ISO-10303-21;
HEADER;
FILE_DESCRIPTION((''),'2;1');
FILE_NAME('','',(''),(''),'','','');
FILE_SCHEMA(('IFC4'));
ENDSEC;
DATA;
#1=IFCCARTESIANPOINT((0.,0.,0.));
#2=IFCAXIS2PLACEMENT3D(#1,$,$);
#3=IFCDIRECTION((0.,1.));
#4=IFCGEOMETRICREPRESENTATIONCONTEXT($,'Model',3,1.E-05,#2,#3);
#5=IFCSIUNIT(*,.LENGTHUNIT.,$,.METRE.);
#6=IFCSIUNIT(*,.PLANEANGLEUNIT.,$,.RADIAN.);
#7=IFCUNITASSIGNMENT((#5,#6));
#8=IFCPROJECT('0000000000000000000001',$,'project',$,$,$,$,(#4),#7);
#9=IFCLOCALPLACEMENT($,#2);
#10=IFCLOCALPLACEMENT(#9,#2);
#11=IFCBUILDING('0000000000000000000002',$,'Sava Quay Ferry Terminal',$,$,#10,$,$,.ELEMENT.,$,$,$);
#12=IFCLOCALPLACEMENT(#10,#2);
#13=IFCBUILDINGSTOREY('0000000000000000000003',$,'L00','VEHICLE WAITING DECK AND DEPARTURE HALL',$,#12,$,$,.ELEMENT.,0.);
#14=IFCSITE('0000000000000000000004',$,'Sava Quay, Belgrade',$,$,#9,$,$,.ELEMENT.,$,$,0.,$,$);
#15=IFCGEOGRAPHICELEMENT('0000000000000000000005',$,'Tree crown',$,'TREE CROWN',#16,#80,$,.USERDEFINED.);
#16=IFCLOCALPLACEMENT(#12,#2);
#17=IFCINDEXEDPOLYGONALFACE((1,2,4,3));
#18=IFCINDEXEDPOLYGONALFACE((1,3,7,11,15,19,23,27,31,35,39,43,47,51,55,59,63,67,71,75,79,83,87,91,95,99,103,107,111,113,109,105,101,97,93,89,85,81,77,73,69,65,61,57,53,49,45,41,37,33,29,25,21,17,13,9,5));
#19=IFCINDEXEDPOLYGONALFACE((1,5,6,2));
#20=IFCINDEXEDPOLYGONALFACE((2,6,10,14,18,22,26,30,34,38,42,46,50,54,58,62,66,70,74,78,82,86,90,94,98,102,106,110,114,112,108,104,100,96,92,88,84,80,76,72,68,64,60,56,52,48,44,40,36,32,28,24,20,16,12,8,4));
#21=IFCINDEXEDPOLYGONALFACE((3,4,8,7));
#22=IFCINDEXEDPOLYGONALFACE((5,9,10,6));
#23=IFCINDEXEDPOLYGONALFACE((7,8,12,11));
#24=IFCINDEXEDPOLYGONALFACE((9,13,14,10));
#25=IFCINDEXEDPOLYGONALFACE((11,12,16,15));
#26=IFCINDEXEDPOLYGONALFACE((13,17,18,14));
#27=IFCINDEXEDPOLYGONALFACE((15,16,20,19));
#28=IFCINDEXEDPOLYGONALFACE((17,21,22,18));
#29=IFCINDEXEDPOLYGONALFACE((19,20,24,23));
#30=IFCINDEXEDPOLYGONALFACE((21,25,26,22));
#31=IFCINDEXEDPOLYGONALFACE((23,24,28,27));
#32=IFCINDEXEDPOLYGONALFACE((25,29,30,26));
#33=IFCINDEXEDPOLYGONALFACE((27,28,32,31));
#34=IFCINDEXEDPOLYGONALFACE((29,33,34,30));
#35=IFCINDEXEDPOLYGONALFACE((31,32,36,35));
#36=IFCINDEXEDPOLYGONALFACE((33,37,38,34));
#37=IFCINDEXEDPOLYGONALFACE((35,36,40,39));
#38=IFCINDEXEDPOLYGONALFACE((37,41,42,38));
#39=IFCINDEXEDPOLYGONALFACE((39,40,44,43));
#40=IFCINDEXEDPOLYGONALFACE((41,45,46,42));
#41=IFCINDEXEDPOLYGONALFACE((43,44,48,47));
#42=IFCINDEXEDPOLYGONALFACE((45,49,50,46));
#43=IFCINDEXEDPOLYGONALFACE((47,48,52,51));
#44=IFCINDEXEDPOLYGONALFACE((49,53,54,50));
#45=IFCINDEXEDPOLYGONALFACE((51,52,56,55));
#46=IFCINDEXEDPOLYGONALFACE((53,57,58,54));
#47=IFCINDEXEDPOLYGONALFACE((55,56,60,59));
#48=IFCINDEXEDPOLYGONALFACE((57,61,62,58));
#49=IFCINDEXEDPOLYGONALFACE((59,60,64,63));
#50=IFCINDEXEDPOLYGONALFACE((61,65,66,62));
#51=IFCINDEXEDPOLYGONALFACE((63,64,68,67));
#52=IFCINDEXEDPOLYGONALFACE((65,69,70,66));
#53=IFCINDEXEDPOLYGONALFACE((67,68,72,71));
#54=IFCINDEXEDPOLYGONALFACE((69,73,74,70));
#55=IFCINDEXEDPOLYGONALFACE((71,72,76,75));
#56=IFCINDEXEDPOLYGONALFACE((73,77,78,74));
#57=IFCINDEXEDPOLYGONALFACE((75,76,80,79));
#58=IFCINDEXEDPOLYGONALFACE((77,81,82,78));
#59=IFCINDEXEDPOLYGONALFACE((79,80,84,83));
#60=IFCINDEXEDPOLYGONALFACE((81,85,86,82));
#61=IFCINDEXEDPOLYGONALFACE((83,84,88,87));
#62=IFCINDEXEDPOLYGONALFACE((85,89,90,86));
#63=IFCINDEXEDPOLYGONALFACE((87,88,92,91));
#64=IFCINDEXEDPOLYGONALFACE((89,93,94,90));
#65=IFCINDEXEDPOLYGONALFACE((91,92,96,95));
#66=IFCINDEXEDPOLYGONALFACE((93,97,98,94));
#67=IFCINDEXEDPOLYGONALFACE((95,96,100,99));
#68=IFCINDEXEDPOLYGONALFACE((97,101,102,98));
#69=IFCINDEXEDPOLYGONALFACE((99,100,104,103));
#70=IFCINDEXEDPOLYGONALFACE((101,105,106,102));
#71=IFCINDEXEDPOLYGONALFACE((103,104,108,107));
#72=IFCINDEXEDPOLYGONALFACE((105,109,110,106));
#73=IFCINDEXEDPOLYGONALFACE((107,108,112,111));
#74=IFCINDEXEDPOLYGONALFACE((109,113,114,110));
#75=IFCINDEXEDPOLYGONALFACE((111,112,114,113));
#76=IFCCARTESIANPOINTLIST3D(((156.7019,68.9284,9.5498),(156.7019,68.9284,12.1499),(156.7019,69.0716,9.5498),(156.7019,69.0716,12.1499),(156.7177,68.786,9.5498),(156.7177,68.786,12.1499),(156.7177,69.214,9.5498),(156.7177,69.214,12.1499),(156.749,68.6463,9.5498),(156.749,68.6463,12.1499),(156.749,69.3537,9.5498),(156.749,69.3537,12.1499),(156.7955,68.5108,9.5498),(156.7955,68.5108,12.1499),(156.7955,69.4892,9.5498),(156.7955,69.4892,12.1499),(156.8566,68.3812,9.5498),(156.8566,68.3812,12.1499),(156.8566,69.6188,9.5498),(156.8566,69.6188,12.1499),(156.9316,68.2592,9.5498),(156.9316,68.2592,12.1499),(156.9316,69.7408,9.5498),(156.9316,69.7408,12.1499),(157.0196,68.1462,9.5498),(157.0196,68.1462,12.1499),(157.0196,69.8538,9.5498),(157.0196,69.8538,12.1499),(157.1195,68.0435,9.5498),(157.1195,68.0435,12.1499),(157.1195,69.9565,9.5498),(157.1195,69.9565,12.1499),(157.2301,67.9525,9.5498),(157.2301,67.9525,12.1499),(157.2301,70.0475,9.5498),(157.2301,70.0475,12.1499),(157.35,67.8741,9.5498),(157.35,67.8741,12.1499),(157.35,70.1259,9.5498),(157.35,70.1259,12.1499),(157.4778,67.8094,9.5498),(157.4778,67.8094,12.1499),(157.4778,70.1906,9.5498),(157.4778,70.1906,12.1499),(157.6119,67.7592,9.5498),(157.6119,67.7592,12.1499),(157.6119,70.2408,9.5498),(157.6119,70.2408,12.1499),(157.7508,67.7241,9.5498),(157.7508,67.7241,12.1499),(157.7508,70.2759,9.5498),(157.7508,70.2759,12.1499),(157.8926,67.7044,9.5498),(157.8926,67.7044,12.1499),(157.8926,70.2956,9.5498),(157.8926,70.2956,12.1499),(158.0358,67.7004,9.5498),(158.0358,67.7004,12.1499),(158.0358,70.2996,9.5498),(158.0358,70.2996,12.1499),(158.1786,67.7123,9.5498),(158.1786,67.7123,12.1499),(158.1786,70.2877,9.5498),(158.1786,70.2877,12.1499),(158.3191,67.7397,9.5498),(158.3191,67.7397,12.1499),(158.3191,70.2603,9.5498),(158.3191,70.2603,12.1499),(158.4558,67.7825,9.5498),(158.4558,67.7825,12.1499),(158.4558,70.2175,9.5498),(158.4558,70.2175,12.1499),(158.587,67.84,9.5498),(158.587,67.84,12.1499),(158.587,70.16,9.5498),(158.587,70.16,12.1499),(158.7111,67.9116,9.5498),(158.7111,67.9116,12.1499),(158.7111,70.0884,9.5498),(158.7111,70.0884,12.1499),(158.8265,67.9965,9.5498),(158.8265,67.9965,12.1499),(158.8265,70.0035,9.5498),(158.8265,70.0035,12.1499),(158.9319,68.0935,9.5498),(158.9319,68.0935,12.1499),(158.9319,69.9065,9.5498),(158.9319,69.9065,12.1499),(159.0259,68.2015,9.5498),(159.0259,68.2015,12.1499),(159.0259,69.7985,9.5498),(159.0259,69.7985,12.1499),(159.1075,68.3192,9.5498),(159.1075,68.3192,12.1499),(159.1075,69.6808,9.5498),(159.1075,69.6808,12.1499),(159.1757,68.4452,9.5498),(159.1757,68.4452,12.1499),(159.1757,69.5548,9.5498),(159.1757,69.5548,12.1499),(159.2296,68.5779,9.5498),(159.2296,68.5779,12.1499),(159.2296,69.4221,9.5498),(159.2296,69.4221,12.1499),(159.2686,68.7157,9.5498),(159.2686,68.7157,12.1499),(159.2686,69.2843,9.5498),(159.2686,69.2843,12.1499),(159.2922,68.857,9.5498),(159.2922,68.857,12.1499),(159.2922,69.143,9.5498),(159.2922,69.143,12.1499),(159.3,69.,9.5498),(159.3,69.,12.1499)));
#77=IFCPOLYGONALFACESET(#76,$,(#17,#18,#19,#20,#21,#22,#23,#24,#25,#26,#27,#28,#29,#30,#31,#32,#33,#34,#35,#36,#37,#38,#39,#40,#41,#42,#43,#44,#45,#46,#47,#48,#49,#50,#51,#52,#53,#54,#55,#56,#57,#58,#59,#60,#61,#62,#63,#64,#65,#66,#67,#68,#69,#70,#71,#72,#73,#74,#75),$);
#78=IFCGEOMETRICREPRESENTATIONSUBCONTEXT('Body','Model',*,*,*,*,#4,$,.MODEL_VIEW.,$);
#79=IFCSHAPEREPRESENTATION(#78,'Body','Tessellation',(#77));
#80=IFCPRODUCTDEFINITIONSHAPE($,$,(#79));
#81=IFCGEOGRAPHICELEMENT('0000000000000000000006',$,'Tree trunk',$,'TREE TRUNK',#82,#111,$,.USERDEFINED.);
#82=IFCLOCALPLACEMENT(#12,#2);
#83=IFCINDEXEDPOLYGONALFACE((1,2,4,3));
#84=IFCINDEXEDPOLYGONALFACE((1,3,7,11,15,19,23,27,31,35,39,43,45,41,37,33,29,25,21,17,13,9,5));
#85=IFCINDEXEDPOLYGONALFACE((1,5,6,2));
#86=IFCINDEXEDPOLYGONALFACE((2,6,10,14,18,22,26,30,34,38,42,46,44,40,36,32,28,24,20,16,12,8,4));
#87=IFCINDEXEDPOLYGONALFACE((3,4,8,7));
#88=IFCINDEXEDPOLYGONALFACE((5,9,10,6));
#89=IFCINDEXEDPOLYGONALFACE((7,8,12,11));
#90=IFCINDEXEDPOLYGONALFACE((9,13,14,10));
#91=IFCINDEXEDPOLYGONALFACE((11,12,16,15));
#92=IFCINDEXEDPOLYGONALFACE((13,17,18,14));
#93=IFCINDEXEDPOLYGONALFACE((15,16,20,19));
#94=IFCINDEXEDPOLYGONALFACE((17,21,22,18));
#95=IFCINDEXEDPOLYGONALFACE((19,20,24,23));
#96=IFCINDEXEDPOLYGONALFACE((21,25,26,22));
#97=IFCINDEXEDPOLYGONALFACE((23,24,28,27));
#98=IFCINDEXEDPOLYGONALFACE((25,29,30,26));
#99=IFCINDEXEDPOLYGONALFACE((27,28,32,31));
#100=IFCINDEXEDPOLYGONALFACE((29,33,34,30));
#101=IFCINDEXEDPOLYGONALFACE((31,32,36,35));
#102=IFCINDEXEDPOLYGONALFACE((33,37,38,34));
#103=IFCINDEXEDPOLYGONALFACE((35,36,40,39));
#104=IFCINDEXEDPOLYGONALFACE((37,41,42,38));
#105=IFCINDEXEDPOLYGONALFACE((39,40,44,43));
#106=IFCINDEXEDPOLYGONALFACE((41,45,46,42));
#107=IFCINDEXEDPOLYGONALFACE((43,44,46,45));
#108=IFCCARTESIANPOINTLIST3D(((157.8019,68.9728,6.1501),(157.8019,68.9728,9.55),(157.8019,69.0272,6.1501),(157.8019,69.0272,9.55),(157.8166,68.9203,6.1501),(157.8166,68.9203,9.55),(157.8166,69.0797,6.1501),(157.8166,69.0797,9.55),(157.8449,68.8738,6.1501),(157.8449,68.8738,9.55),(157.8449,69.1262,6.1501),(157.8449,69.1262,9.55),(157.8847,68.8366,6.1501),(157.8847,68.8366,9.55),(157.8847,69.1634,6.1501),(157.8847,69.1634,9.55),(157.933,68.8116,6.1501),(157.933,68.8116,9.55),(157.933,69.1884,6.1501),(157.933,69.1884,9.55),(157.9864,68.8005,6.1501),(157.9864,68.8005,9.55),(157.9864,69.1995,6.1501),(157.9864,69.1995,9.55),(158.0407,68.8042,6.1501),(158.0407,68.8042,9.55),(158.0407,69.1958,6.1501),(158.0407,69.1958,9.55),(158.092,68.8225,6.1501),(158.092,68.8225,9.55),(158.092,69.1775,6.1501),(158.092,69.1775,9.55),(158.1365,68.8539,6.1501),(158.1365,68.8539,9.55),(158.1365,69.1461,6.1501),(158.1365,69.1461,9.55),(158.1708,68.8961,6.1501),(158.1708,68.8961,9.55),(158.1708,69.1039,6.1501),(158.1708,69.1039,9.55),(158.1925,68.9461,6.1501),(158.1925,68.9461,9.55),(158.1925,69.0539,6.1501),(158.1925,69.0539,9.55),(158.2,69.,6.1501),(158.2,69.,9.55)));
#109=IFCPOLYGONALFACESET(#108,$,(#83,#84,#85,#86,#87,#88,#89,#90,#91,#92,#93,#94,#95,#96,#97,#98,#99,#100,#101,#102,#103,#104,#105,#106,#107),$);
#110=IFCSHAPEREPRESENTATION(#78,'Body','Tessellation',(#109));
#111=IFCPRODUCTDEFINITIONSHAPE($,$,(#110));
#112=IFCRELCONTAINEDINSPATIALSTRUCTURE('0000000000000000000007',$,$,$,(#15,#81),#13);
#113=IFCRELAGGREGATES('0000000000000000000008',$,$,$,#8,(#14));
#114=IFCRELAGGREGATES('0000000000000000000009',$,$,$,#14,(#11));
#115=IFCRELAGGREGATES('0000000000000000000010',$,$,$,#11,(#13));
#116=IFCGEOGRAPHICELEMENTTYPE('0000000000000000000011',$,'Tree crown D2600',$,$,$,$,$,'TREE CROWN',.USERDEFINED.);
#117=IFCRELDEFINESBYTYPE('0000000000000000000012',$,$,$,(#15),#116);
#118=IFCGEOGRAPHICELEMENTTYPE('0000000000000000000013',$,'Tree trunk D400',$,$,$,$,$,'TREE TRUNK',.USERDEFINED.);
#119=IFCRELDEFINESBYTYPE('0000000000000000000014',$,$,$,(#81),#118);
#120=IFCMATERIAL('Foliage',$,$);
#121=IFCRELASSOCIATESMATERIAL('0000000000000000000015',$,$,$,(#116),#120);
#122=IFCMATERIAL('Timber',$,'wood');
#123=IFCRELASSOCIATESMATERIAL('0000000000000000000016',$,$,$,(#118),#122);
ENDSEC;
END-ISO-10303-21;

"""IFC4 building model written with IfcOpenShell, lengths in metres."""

from ifc_helpers import new_model, si_unit, direction, frame, origin, origin_2d, place, context, subcontext, project, spatial, circle, extrude, material, type_object, element, save


model = new_model("IFC4")

# Units and contexts
model_context = context("Model", 3, precision=1e-05, world=origin(), true_north=direction((0.0, 1.0)))
body_context = subcontext(model_context, "Body", "Model", "MODEL_VIEW")
ifc_project = project(units=[si_unit("LENGTHUNIT", "METRE"), si_unit("PLANEANGLEUNIT", "RADIAN")], contexts=[model_context])

# Site, building, storey
site_placement = place(None, origin())
site = spatial("IfcSite", under=ifc_project, at=site_placement, Name="Sava Quay, Belgrade", CompositionType="ELEMENT", RefElevation=0.0)
building_placement = place(site_placement, origin())
building = spatial("IfcBuilding", under=site, at=building_placement, Name="Sava Quay Ferry Terminal", CompositionType="ELEMENT")
storey_placement = place(building_placement, origin())
storey = spatial("IfcBuildingStorey", under=building, at=storey_placement, Name="L00", Description="VEHICLE WAITING DECK AND DEPARTURE HALL", CompositionType="ELEMENT", Elevation=0.0)

# Geographic elements
ifc_material_1 = material(Name="Foliage")
geographic_element_type_1 = type_object("IfcGeographicElementType", Name="Tree crown D2600", ElementType="TREE CROWN", PredefinedType="USERDEFINED", material=ifc_material_1)
geographic_element_1_placement = place(storey_placement, frame((158.0, 69.0, 12.1499), z_axis=(0.0, 0.0, -1.0), x_axis=(1.0, 0.0, 0.0)))
element("IfcGeographicElement", 1, at=geographic_element_1_placement, inside=storey, type_object=geographic_element_type_1, Name="Tree crown", ObjectType="TREE CROWN", PredefinedType="USERDEFINED", context=body_context, shape_type="SweptSolid", body=[
    extrude(circle(Radius=1.3, at=origin_2d()), origin(), (0.0, 0.0, 1.0), 2.6001),
])
ifc_material_2 = material(Name="Timber", Category="wood")
geographic_element_type_2 = type_object("IfcGeographicElementType", Name="Tree trunk D400", ElementType="TREE TRUNK", PredefinedType="USERDEFINED", material=ifc_material_2)
geographic_element_2_placement = place(storey_placement, frame((158.0, 69.0, 9.55), z_axis=(0.0, 0.0, -1.0), x_axis=(1.0, 0.0, 0.0)))
element("IfcGeographicElement", 2, at=geographic_element_2_placement, inside=storey, type_object=geographic_element_type_2, Name="Tree trunk", ObjectType="TREE TRUNK", PredefinedType="USERDEFINED", context=body_context, shape_type="SweptSolid", body=[
    extrude(circle(Radius=0.2, at=origin_2d()), origin(), (0.0, 0.0, 1.0), 3.3999),
])

save(model, "model.ifc")
